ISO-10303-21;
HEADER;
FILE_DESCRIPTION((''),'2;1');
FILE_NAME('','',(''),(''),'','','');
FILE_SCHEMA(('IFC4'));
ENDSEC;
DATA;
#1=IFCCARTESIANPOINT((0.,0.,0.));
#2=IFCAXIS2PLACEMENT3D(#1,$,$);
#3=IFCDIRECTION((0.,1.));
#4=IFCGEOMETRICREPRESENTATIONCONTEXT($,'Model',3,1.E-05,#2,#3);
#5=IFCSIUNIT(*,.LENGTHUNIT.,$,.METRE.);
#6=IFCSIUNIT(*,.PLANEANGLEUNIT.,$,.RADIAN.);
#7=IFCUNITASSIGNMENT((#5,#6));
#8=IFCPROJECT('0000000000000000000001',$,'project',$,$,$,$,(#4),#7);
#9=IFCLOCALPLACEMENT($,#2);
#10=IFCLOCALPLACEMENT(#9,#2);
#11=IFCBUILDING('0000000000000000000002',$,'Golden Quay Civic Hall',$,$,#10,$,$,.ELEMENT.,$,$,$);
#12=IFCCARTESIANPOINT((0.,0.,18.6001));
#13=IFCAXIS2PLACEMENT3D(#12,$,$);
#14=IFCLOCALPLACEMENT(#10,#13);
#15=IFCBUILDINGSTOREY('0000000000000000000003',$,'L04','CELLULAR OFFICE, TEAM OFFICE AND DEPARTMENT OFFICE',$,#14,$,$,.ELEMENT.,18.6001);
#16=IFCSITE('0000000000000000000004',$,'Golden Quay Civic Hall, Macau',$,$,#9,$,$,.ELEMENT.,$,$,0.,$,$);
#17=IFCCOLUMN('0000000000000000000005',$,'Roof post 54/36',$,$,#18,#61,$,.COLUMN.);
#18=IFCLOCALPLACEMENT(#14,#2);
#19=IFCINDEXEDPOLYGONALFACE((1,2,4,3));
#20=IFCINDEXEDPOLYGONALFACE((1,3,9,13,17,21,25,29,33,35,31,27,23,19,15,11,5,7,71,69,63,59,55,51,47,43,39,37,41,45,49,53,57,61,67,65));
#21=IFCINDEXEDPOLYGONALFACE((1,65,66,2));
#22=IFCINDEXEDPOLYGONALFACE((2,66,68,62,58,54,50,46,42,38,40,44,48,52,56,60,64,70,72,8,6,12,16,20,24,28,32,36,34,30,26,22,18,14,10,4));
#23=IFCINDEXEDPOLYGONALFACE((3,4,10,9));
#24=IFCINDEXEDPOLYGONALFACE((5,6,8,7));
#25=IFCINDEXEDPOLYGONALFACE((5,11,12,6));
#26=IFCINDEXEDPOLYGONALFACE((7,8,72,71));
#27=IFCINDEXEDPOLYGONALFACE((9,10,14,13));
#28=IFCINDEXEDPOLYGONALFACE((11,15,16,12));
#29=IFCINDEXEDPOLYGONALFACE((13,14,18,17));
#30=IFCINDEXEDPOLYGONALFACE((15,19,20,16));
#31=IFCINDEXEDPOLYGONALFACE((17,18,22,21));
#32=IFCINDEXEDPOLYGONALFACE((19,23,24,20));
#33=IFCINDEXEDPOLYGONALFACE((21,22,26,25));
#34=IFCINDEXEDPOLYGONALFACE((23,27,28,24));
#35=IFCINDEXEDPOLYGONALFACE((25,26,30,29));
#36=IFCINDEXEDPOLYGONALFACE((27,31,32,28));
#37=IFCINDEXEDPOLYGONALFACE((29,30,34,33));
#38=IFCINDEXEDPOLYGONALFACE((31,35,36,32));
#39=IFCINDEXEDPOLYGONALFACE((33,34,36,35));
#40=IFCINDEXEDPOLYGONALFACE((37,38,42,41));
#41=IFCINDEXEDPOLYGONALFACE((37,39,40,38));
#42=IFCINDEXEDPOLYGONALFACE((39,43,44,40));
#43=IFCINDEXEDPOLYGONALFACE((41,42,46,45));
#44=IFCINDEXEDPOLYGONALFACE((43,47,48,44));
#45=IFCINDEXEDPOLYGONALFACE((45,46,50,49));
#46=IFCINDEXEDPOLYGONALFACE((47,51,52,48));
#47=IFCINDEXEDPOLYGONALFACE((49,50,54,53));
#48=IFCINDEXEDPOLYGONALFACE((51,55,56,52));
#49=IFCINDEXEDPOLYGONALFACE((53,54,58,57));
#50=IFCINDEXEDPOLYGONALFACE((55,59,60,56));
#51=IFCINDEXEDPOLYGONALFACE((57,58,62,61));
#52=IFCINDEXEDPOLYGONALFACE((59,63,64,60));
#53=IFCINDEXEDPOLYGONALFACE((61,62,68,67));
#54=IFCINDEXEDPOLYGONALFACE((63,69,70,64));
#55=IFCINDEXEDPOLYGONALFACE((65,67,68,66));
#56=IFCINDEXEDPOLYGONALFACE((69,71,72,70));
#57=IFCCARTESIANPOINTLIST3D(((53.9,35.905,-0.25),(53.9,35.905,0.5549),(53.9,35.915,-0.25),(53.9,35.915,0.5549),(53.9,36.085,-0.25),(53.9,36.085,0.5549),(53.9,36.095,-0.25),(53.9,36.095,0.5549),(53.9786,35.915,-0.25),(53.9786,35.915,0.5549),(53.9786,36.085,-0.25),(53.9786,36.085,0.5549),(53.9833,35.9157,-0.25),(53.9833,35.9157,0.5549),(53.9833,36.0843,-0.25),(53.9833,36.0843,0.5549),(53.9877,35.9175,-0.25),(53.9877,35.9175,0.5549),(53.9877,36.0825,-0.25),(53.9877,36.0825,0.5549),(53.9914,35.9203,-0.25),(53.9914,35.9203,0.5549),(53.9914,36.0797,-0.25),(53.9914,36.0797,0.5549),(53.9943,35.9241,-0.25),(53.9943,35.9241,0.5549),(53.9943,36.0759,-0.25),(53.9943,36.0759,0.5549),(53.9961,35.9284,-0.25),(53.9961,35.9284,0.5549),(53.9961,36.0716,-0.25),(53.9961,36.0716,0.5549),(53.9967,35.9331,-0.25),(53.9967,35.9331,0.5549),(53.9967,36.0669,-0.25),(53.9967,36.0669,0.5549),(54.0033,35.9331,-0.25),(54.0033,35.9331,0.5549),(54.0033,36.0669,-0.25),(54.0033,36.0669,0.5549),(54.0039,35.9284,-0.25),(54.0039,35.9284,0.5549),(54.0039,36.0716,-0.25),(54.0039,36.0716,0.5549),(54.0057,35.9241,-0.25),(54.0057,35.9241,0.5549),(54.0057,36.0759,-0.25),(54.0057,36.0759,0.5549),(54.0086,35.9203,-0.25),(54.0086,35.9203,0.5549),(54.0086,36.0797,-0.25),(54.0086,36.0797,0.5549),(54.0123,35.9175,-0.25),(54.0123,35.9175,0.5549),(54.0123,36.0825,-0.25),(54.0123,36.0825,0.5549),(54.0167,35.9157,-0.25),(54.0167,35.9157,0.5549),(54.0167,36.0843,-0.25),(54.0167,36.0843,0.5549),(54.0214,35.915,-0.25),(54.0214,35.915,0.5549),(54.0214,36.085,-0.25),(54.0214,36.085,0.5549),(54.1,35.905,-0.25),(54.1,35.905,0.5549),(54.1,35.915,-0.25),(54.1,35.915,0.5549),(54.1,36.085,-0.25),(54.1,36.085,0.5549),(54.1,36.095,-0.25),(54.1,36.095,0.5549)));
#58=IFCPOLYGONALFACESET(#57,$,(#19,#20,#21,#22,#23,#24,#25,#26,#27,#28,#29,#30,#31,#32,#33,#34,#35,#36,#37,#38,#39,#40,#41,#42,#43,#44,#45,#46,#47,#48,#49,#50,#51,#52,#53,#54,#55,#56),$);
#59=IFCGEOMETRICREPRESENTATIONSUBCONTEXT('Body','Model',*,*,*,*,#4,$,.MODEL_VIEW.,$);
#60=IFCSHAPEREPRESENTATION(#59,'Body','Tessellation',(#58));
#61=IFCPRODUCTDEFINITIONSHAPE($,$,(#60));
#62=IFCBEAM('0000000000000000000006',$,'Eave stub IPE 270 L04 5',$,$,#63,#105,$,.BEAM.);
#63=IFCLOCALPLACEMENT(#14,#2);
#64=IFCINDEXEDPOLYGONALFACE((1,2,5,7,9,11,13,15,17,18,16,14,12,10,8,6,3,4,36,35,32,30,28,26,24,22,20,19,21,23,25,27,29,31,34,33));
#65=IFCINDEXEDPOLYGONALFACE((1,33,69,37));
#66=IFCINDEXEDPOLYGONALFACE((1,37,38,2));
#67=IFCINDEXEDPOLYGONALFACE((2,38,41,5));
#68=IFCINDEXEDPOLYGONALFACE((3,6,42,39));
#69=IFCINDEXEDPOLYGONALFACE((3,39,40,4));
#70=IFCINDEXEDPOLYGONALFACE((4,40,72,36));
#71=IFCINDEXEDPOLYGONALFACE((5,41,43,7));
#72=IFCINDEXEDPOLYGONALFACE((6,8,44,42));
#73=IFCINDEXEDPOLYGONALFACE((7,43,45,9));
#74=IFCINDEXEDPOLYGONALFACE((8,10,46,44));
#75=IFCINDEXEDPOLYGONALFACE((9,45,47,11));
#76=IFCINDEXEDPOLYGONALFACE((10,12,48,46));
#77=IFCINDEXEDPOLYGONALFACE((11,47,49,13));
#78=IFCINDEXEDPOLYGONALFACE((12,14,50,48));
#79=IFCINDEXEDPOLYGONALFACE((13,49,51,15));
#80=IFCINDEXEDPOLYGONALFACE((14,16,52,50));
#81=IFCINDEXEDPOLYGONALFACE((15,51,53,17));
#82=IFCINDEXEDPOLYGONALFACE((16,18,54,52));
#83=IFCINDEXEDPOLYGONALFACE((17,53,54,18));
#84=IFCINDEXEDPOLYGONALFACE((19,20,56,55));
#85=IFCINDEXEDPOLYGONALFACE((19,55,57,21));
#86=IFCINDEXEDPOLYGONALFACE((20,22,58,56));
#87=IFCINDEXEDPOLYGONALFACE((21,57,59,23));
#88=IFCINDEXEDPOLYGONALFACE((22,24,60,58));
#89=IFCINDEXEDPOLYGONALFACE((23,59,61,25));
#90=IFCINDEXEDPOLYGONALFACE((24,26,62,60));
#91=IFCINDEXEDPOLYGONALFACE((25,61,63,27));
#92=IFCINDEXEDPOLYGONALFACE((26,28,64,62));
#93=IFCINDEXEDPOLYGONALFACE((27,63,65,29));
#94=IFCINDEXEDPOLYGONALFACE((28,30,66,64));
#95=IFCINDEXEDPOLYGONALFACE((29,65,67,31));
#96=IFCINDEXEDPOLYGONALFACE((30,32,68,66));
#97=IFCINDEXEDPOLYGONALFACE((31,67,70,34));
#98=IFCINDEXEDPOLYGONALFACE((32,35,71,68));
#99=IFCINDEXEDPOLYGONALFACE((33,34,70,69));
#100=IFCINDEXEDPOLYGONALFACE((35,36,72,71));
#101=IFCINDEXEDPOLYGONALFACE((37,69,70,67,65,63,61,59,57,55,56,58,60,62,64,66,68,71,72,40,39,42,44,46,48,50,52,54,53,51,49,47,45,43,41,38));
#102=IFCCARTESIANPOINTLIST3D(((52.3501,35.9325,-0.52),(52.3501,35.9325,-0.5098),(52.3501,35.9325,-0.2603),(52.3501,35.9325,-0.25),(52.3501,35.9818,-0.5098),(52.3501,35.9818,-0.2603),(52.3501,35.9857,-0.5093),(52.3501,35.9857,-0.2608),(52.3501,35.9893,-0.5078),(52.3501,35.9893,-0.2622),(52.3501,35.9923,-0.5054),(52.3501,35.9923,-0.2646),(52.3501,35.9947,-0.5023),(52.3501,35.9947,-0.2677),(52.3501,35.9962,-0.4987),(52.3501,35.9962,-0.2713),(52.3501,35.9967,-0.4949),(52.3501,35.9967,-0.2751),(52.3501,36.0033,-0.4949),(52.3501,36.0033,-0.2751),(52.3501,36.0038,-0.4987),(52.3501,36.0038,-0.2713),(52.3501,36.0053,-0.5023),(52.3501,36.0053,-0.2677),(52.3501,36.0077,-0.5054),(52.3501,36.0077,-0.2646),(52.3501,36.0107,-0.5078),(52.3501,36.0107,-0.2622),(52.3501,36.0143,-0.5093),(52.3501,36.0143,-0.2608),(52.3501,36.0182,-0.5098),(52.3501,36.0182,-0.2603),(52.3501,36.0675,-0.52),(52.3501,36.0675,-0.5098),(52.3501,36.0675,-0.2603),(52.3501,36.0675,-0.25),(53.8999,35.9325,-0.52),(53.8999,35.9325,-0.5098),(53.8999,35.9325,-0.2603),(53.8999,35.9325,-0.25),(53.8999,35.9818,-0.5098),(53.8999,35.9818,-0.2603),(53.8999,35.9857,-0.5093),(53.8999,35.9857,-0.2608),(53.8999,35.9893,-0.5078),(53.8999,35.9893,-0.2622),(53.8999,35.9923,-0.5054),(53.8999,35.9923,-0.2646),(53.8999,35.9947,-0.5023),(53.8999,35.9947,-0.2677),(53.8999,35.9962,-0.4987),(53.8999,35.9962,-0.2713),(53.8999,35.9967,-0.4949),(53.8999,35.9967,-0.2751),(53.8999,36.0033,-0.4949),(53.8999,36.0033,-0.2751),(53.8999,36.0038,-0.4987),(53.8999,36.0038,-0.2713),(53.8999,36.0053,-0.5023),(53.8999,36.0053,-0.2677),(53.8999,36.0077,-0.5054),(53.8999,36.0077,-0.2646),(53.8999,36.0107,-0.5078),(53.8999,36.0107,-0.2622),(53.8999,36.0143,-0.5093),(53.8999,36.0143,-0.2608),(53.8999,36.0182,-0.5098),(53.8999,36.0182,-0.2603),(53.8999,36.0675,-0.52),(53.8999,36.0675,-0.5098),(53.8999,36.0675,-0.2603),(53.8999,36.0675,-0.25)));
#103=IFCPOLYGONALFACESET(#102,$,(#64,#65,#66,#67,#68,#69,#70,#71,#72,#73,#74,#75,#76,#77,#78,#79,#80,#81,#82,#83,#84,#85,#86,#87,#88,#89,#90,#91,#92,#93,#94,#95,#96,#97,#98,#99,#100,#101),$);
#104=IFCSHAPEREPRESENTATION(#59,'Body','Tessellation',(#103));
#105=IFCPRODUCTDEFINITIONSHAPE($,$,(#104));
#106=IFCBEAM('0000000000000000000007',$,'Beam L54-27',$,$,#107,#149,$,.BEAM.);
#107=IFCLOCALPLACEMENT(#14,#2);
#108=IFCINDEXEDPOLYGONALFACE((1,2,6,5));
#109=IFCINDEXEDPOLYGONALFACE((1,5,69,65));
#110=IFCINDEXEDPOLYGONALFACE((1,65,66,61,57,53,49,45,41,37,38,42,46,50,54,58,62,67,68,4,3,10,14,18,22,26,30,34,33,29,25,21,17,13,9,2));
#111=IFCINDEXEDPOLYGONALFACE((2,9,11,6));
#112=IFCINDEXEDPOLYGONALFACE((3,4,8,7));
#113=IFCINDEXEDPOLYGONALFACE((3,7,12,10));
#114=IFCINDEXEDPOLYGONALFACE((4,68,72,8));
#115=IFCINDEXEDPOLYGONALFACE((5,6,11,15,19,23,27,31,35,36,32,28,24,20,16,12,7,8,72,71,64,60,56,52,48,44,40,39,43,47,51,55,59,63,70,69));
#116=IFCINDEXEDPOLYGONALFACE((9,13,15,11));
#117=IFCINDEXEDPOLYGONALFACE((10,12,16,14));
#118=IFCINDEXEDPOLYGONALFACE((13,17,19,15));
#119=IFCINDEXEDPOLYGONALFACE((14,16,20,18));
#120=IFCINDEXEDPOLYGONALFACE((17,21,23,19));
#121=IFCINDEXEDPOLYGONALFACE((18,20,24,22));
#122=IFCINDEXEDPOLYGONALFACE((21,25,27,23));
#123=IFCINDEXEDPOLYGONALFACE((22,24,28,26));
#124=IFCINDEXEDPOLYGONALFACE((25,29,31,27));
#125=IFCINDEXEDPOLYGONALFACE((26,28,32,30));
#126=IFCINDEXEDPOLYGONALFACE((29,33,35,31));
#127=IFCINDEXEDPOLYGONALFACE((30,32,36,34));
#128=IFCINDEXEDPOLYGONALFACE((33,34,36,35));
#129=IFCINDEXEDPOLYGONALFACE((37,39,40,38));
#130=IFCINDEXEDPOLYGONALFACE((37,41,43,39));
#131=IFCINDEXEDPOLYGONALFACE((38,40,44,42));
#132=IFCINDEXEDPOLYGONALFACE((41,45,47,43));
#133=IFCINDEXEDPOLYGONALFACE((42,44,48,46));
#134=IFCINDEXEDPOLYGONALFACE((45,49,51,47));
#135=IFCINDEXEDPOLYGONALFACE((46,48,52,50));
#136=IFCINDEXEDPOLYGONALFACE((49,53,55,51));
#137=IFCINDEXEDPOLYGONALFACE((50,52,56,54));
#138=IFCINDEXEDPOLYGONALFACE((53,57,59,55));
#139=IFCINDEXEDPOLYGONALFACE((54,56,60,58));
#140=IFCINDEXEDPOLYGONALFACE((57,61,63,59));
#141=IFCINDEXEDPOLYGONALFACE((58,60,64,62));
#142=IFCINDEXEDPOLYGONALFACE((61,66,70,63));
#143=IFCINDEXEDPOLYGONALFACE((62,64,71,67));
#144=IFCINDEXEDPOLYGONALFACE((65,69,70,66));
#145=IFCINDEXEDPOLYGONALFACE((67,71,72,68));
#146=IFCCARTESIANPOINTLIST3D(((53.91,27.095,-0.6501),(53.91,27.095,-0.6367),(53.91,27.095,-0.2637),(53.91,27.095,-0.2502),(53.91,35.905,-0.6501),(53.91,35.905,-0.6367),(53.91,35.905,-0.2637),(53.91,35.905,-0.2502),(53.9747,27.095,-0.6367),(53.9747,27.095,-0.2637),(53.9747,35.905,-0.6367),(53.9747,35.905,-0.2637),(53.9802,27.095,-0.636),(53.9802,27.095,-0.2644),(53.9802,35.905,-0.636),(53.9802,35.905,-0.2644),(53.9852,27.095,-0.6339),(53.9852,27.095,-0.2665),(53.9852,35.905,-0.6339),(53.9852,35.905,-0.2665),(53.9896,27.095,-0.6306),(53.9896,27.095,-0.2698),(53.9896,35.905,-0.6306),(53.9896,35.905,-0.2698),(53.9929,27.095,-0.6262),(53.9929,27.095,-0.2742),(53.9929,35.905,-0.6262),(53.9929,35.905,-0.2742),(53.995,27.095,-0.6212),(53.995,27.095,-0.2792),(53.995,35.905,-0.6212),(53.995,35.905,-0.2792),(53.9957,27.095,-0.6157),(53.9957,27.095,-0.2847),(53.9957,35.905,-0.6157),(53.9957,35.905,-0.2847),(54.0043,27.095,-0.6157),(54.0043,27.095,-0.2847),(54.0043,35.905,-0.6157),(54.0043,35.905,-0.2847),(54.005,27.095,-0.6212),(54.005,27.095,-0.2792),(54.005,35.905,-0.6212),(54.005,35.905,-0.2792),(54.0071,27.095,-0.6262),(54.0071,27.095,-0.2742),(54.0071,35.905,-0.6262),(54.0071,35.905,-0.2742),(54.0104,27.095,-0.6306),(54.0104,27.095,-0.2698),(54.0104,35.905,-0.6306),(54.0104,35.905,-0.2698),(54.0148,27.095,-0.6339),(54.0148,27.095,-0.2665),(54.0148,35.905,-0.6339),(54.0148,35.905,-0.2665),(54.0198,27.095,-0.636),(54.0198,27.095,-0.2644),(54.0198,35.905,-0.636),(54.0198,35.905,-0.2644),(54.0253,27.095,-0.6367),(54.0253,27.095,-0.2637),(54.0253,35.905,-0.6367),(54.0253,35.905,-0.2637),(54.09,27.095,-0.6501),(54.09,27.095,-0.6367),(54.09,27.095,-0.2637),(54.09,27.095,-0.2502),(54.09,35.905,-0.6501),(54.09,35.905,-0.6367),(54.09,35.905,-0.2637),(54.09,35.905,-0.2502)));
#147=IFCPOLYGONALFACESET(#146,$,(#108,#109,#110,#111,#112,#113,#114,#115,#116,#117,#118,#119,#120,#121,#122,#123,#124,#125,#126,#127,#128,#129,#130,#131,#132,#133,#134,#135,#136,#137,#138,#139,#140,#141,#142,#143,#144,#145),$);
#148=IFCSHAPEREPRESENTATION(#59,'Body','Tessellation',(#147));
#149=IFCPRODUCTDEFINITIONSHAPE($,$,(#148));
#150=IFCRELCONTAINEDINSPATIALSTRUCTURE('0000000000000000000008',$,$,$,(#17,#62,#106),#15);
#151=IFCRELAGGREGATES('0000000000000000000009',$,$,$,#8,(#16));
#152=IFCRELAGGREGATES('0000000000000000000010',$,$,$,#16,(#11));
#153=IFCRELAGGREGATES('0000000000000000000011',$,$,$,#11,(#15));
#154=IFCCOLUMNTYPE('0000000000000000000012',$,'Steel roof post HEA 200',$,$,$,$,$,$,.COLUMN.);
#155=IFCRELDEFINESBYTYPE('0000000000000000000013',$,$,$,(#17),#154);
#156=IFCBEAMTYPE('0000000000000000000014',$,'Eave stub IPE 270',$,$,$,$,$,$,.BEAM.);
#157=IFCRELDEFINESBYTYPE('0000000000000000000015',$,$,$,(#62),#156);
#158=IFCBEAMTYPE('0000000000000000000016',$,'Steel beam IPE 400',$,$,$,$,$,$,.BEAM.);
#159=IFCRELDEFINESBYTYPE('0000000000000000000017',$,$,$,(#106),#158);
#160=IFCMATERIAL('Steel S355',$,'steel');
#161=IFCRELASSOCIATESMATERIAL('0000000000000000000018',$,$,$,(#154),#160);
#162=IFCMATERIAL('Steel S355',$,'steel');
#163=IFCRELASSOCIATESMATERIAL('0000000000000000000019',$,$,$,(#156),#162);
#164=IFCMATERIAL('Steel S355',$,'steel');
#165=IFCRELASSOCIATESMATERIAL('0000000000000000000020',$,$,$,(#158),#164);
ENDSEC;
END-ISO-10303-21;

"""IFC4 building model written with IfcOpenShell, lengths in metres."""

from ifc_helpers import new_model, si_unit, direction, frame, origin, origin_2d, place, context, subcontext, project, spatial, i_section, extrude, material, material_profile, profile_set, type_object, element, save


model = new_model("IFC4")

# Units and contexts
model_context = context("Model", 3, precision=1e-05, world=origin(), true_north=direction((0.0, 1.0)))
body_context = subcontext(model_context, "Body", "Model", "MODEL_VIEW")
ifc_project = project(units=[si_unit("LENGTHUNIT", "METRE"), si_unit("PLANEANGLEUNIT", "RADIAN")], contexts=[model_context])

# Site, building, storey
site_placement = place(None, origin())
site = spatial("IfcSite", under=ifc_project, at=site_placement, Name="Golden Quay Civic Hall, Macau", CompositionType="ELEMENT", RefElevation=0.0)
building_placement = place(site_placement, origin())
building = spatial("IfcBuilding", under=site, at=building_placement, Name="Golden Quay Civic Hall", CompositionType="ELEMENT")
storey_placement = place(building_placement, frame((0.0, 0.0, 18.6001)))
storey = spatial("IfcBuildingStorey", under=building, at=storey_placement, Name="L04", Description="CELLULAR OFFICE, TEAM OFFICE AND DEPARTMENT OFFICE", CompositionType="ELEMENT", Elevation=18.6001)

# Column
ifc_material_1 = material(Name="Steel S355", Category="steel")
ifc_material_profile_1 = material_profile(ifc_material_1, i_section(OverallWidth=0.2, OverallDepth=0.1899, WebThickness=0.0066, FlangeThickness=0.01, FilletRadius=0.0181, at=origin_2d()), Name="HEA 200")
ifc_profile_set_1 = profile_set([ifc_material_profile_1], Name="Steel S355")
column_type = type_object("IfcColumnType", Name="Steel roof post HEA 200", PredefinedType="COLUMN", material=ifc_profile_set_1)
column_placement = place(storey_placement, frame((54.0, 36.0, -0.25), z_axis=(0.0, 0.0, 1.0), x_axis=(1.0, 0.0, 0.0)))
element("IfcColumn", 1, at=column_placement, inside=storey, type_object=column_type, Name="Roof post 54/36", PredefinedType="COLUMN", context=body_context, shape_type="SweptSolid", body=[
    extrude(i_section(OverallWidth=0.2, OverallDepth=0.1899, WebThickness=0.0066, FlangeThickness=0.01, FilletRadius=0.0181, at=origin_2d()), origin(), (0.0, 0.0, 1.0), 0.8049),
])

# Beams
ifc_material_2 = material(Name="Steel S355", Category="steel")
ifc_material_profile_2 = material_profile(ifc_material_2, i_section(OverallWidth=0.135, OverallDepth=0.27, WebThickness=0.0066, FlangeThickness=0.0103, FilletRadius=0.0149, at=origin_2d()), Name="IPE 270")
ifc_profile_set_2 = profile_set([ifc_material_profile_2], Name="Steel S355")
beam_type_1 = type_object("IfcBeamType", Name="Eave stub IPE 270", PredefinedType="BEAM", material=ifc_profile_set_2)
beam_1_placement = place(storey_placement, frame((53.8999, 36.0, -0.385), z_axis=(-1.0, 0.0, 0.0), x_axis=(0.0, -1.0, 0.0)))
element("IfcBeam", 2, at=beam_1_placement, inside=storey, type_object=beam_type_1, Name="Eave stub IPE 270 L04 5", PredefinedType="BEAM", context=body_context, shape_type="SweptSolid", body=[
    extrude(i_section(OverallWidth=0.135, OverallDepth=0.27, WebThickness=0.0066, FlangeThickness=0.0103, FilletRadius=0.0149, at=origin_2d()), origin(), (0.0, 0.0, 1.0), 1.5498),
])
ifc_material_3 = material(Name="Steel S355", Category="steel")
ifc_material_profile_3 = material_profile(ifc_material_3, i_section(OverallWidth=0.1799, OverallDepth=0.3999, WebThickness=0.0085, FlangeThickness=0.0134, FilletRadius=0.021, at=origin_2d()), Name="IPE 400")
ifc_profile_set_3 = profile_set([ifc_material_profile_3], Name="Steel S355")
beam_type_2 = type_object("IfcBeamType", Name="Steel beam IPE 400", PredefinedType="BEAM", material=ifc_profile_set_3)
beam_2_placement = place(storey_placement, frame((54.0, 27.095, -0.4502), z_axis=(0.0, 1.0, 0.0), x_axis=(-1.0, 0.0, 0.0)))
element("IfcBeam", 3, at=beam_2_placement, inside=storey, type_object=beam_type_2, Name="Beam L54-27", PredefinedType="BEAM", context=body_context, shape_type="SweptSolid", body=[
    extrude(i_section(OverallWidth=0.1799, OverallDepth=0.3999, WebThickness=0.0085, FlangeThickness=0.0134, FilletRadius=0.021, at=origin_2d()), origin(), (0.0, 0.0, 1.0), 8.8101),
])

save(model, "model.ifc")
